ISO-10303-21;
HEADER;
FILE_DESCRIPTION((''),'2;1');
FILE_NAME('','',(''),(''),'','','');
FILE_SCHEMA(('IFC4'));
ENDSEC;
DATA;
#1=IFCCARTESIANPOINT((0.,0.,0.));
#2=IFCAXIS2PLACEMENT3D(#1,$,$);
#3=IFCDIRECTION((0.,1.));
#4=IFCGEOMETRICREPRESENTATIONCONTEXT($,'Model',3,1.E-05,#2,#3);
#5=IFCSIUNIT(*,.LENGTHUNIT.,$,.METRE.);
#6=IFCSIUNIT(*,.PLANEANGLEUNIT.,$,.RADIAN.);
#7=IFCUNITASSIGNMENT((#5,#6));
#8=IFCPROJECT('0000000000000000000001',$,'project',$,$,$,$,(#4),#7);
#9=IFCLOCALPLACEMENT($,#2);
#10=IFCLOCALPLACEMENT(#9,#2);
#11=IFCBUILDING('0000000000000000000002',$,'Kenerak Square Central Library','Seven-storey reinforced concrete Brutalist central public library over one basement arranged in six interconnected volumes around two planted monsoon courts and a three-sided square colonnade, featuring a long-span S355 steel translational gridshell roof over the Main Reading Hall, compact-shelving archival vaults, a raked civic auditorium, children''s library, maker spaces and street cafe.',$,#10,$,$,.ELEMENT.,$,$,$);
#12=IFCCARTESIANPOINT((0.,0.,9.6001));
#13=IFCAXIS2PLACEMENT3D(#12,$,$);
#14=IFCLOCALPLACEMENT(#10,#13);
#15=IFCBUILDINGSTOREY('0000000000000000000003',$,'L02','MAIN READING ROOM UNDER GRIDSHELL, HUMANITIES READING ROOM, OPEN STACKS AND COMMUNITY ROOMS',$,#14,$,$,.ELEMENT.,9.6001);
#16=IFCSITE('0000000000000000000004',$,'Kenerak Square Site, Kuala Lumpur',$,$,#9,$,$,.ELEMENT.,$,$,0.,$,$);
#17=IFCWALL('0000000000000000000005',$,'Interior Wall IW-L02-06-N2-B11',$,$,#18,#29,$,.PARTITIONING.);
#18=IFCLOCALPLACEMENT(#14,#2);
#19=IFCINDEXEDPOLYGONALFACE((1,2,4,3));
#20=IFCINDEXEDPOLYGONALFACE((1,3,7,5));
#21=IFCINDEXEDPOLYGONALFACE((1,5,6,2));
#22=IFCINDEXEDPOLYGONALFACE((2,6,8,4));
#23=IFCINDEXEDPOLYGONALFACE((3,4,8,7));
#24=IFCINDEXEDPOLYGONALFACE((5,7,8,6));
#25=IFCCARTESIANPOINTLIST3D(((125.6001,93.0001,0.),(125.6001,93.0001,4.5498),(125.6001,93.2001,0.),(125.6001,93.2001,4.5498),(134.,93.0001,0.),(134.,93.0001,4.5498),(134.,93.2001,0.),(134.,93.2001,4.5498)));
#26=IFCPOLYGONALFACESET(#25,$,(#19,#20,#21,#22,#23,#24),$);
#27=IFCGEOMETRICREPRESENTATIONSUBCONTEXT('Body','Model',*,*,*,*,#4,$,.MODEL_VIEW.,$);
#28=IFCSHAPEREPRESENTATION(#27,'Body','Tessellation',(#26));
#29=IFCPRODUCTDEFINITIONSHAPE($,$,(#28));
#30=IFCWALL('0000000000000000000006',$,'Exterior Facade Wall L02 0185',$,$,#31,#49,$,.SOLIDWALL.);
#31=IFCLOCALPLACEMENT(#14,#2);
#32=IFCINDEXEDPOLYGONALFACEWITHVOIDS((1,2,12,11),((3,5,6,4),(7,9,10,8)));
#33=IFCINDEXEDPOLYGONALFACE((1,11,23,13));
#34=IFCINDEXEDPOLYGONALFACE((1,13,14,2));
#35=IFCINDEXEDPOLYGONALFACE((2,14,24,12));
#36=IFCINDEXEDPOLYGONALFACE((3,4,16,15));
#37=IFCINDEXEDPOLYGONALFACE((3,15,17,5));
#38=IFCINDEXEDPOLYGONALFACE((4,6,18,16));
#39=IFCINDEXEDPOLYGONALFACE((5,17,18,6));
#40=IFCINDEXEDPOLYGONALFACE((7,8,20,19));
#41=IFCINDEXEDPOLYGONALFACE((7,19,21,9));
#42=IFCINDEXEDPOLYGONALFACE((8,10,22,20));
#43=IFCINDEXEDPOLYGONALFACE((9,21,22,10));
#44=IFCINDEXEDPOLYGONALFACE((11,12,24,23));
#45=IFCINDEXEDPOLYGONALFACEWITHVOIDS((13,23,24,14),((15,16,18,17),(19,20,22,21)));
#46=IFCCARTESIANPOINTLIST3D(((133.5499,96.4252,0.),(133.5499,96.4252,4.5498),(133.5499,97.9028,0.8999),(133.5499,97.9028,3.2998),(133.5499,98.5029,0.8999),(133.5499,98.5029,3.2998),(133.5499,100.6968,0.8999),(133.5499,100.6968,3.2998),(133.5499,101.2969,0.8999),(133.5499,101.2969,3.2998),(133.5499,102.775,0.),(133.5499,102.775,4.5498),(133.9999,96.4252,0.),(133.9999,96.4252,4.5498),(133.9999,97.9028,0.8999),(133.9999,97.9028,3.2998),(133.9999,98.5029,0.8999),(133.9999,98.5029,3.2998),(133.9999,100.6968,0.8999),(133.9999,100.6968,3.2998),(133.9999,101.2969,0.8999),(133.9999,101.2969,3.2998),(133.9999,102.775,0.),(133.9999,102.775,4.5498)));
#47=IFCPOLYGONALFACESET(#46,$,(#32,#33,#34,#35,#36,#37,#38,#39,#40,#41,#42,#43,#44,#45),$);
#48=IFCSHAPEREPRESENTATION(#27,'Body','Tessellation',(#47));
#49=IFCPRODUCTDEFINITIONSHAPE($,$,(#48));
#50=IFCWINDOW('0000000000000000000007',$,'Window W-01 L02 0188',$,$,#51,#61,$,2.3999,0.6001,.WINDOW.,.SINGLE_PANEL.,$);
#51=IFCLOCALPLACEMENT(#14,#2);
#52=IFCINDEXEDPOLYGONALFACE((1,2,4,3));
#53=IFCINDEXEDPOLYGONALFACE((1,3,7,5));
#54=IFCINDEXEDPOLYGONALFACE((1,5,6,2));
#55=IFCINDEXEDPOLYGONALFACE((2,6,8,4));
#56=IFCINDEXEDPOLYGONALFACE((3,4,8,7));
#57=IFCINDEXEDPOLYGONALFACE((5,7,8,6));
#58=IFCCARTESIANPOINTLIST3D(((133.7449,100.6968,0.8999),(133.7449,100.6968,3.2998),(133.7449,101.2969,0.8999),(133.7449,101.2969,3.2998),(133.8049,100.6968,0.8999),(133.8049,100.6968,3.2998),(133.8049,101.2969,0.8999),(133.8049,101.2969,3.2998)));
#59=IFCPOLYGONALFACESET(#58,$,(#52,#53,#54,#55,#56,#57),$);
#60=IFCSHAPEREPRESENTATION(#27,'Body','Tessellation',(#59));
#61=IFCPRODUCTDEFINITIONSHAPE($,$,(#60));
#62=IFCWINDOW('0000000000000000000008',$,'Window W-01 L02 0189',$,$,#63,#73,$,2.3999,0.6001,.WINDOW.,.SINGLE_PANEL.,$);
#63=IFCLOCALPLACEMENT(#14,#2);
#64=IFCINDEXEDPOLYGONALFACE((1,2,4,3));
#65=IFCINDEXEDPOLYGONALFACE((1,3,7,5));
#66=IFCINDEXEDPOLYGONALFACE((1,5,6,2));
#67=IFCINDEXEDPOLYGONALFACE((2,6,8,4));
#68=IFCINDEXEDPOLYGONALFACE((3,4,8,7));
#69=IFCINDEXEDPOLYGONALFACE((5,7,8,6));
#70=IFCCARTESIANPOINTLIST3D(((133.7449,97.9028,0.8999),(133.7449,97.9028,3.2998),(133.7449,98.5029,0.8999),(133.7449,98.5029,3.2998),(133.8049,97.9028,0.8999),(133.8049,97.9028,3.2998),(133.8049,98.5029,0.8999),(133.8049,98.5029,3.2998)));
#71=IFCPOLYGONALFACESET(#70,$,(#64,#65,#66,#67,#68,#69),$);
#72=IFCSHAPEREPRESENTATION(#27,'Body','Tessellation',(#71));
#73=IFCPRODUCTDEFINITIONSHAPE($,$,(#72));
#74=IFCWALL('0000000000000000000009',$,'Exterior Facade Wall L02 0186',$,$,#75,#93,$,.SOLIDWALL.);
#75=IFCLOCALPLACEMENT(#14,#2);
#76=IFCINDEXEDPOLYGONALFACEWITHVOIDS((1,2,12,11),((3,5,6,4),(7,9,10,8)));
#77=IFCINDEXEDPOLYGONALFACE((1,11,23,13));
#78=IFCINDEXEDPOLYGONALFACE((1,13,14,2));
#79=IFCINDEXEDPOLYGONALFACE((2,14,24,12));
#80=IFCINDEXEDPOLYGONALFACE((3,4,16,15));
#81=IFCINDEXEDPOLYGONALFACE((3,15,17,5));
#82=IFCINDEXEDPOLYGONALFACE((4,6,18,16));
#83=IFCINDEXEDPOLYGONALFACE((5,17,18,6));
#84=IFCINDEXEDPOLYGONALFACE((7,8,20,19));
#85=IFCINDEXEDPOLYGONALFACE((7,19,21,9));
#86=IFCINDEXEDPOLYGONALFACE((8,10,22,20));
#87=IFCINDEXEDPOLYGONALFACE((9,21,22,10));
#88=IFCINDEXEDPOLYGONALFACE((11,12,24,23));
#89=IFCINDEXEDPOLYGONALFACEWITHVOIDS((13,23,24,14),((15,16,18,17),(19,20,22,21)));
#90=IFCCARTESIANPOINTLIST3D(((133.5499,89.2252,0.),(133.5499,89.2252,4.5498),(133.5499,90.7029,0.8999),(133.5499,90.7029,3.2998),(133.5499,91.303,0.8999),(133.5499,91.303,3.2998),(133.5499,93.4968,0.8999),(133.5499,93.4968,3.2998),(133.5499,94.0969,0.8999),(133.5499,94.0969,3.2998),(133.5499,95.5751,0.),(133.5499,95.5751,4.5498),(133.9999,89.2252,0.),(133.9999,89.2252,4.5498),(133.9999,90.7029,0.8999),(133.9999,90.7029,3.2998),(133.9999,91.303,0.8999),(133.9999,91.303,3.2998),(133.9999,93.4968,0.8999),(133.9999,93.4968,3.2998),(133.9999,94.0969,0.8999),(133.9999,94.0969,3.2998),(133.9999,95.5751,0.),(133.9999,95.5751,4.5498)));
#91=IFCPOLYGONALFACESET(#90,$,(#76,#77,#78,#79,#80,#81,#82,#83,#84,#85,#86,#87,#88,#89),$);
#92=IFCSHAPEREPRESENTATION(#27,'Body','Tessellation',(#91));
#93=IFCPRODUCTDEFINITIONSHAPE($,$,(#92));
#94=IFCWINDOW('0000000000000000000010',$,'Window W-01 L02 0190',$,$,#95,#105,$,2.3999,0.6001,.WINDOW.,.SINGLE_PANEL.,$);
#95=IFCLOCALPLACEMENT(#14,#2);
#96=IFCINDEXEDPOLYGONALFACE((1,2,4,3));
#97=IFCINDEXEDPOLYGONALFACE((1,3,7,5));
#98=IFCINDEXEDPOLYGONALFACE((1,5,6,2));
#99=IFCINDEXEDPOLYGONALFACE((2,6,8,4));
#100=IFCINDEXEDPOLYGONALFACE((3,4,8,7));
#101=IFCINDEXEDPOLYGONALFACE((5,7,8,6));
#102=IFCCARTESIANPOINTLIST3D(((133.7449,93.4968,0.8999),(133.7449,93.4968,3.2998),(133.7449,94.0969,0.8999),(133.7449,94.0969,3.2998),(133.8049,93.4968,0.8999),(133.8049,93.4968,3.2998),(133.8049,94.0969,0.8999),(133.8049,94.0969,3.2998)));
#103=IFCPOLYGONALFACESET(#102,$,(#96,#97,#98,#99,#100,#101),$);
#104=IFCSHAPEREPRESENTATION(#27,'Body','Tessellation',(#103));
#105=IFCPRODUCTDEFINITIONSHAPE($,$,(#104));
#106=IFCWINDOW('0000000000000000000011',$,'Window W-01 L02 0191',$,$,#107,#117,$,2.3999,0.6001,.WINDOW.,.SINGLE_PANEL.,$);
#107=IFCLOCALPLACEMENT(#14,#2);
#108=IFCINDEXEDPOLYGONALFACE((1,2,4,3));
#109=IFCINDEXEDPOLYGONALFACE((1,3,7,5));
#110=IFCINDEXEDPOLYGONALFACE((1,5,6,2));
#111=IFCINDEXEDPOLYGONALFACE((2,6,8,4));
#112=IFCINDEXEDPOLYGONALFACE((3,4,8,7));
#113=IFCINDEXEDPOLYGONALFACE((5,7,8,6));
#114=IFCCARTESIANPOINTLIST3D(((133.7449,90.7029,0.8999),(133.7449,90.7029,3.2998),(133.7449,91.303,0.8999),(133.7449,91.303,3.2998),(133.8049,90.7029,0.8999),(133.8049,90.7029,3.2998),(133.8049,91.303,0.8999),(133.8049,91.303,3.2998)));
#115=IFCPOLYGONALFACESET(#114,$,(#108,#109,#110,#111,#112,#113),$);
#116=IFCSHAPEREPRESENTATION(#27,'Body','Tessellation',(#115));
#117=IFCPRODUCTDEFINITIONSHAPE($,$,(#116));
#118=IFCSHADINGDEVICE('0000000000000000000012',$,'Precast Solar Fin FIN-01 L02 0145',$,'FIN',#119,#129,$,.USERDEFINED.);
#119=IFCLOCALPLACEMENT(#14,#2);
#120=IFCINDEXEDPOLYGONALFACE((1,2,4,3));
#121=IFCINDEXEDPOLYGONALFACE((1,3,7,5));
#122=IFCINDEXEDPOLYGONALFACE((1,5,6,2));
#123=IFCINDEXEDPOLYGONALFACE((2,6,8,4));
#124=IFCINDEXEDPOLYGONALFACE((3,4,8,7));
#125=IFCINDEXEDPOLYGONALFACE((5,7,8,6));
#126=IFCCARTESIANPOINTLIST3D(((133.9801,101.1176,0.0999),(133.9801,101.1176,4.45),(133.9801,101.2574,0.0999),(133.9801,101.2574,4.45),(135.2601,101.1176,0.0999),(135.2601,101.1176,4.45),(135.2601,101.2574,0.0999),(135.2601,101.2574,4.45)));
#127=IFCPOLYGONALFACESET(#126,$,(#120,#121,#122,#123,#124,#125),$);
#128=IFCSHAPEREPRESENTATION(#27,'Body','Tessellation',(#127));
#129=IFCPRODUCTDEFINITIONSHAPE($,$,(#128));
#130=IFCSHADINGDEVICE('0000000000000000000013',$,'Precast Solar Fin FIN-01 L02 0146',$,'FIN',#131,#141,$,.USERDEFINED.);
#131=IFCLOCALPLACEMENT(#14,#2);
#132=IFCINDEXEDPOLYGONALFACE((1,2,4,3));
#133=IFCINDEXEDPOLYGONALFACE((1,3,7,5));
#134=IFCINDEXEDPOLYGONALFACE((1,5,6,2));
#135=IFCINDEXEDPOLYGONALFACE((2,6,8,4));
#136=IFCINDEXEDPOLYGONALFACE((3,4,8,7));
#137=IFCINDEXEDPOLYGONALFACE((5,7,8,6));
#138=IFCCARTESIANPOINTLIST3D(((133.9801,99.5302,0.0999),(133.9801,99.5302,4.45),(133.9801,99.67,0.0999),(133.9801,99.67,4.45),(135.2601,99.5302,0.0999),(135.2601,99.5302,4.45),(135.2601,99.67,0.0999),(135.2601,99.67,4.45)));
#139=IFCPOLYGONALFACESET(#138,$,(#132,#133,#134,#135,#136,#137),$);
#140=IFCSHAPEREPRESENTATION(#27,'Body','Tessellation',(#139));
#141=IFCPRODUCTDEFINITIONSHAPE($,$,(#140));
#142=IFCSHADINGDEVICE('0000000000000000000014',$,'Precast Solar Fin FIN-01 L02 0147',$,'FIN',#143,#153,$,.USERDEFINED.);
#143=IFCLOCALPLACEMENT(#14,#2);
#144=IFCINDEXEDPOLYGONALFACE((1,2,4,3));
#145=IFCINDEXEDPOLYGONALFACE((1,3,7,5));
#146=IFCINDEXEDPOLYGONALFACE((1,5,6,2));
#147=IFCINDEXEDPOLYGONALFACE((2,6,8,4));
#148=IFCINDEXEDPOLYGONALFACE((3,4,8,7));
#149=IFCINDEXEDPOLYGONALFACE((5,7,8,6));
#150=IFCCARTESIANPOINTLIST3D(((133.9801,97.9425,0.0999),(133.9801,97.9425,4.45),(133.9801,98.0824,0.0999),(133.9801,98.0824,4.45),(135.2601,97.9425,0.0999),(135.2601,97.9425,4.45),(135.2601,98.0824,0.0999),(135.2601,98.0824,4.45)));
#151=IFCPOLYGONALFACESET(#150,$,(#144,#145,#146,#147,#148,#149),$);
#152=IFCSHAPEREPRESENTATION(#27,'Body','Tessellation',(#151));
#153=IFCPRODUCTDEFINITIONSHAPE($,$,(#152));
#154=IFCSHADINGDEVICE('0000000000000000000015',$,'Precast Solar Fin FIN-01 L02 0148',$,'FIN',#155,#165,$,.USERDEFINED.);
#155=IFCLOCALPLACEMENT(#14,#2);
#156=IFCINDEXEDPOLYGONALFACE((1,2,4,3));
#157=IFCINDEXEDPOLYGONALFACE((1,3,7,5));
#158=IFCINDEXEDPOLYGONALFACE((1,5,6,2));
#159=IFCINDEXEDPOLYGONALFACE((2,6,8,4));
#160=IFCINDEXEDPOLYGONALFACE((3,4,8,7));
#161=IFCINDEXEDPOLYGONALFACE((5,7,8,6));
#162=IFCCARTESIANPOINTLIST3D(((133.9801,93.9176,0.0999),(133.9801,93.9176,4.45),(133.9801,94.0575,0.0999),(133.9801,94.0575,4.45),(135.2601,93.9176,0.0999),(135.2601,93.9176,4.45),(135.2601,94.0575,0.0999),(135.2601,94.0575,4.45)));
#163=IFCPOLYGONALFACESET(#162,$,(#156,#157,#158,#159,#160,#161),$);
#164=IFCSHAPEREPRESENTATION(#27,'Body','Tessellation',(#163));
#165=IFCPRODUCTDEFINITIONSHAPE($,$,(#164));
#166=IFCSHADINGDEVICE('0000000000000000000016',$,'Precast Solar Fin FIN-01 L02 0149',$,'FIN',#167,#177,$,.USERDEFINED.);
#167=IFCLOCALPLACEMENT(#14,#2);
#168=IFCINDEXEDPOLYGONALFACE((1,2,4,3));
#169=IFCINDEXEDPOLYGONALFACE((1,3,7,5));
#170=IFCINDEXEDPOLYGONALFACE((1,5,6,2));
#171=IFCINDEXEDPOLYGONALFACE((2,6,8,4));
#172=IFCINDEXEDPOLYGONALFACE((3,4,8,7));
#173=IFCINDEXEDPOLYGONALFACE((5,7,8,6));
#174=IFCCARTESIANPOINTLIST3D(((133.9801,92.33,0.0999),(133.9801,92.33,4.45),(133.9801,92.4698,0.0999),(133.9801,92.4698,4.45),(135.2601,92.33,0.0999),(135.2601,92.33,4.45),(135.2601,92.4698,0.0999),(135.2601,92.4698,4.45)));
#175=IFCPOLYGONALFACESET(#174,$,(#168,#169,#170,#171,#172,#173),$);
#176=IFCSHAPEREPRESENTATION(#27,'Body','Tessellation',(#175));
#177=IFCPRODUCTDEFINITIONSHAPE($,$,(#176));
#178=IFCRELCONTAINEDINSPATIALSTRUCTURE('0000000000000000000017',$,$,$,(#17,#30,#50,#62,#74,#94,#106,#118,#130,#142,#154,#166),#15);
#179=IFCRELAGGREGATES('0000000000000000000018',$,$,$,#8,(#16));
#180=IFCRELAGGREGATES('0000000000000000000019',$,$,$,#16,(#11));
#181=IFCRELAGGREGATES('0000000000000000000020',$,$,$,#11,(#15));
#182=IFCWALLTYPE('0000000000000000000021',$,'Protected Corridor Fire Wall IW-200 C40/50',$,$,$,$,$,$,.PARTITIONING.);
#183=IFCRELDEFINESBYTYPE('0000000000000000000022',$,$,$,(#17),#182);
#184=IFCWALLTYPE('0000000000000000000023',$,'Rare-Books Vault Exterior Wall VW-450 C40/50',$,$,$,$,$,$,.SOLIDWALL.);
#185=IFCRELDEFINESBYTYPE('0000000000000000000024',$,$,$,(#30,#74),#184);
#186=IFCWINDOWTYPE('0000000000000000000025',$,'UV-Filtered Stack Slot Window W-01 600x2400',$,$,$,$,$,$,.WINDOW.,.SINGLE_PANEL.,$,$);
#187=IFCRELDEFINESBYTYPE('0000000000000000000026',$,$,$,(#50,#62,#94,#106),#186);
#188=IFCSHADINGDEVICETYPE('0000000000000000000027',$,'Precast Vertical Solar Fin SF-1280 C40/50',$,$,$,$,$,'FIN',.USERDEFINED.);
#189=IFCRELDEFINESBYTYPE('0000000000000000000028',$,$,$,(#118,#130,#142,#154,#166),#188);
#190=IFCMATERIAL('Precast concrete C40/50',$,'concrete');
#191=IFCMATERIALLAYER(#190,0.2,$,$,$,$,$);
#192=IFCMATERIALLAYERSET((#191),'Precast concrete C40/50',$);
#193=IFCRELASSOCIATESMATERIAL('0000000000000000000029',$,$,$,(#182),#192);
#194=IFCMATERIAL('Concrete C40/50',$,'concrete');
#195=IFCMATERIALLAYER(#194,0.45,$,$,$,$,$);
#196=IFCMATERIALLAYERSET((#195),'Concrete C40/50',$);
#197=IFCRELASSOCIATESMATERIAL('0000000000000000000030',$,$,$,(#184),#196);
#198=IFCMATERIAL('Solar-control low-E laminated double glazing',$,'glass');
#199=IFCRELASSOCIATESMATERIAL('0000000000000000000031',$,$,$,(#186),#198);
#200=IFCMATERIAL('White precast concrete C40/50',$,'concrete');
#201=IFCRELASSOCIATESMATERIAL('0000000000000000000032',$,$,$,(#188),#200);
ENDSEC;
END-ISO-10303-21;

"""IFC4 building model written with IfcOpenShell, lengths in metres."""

from ifc_helpers import new_model, si_unit, direction, frame, frame_2d, origin, origin_2d, place, context, subcontext, project, spatial, rectangle, extrude, material, layer, layer_set, type_object, element, fill, save


model = new_model("IFC4")

# Units and contexts
model_context = context("Model", 3, precision=1e-05, world=origin(), true_north=direction((0.0, 1.0)))
body_context = subcontext(model_context, "Body", "Model", "MODEL_VIEW")
ifc_project = project(units=[si_unit("LENGTHUNIT", "METRE"), si_unit("PLANEANGLEUNIT", "RADIAN")], contexts=[model_context])

# Site, building, storey
site_placement = place(None, origin())
site = spatial("IfcSite", under=ifc_project, at=site_placement, Name="Kenerak Square Site, Kuala Lumpur", CompositionType="ELEMENT", RefElevation=0.0)
building_placement = place(site_placement, origin())
building = spatial("IfcBuilding", under=site, at=building_placement, Name="Kenerak Square Central Library", Description="Seven-storey reinforced concrete Brutalist central public library over one basement arranged in six interconnected volumes around two planted monsoon courts and a three-sided square colonnade, featuring a long-span S355 steel translational gridshell roof over the Main Reading Hall, compact-shelving archival vaults, a raked civic auditorium, children's library, maker spaces and street cafe.", CompositionType="ELEMENT")
storey_placement = place(building_placement, frame((0.0, 0.0, 9.6001)))
storey = spatial("IfcBuildingStorey", under=building, at=storey_placement, Name="L02", Description="MAIN READING ROOM UNDER GRIDSHELL, HUMANITIES READING ROOM, OPEN STACKS AND COMMUNITY ROOMS", CompositionType="ELEMENT", Elevation=9.6001)

# Shared definitions
ifc_material_1 = material(Name="Concrete C40/50", Category="concrete")

# Wall
ifc_material_2 = material(Name="Precast concrete C40/50", Category="concrete")
ifc_layer_1 = layer(ifc_material_2, 0.2)
ifc_layer_set_1 = layer_set([ifc_layer_1], Name="Precast concrete C40/50")
wall_type_1 = type_object("IfcWallType", Name="Protected Corridor Fire Wall IW-200 C40/50", PredefinedType="PARTITIONING", material=ifc_layer_set_1)
wall_1_placement = place(storey_placement, frame((125.6001, 93.1001, 0.0), z_axis=(0.0, 0.0, 1.0), x_axis=(1.0, 0.0, 0.0)))
element("IfcWall", 1, at=wall_1_placement, inside=storey, type_object=wall_type_1, Name="Interior Wall IW-L02-06-N2-B11", PredefinedType="PARTITIONING", context=body_context, shape_type="SweptSolid", body=[
    extrude(rectangle(XDim=8.3999, YDim=0.2, at=frame_2d((4.2, 0.0))), origin(), (0.0, 0.0, 1.0), 4.5498),
])

# Walls, openings, windows
ifc_layer_2 = layer(ifc_material_1, 0.45)
ifc_layer_set_2 = layer_set([ifc_layer_2], Name="Concrete C40/50")
wall_type_2 = type_object("IfcWallType", Name="Rare-Books Vault Exterior Wall VW-450 C40/50", PredefinedType="SOLIDWALL", material=ifc_layer_set_2)
wall_2_placement = place(storey_placement, frame((133.7749, 102.7749, 0.0), z_axis=(0.0, 0.0, 1.0), x_axis=(0.0, -1.0, 0.0)))
wall_2 = element("IfcWall", 2, at=wall_2_placement, inside=storey, type_object=wall_type_2, Name="Exterior Facade Wall L02 0185", PredefinedType="SOLIDWALL", context=body_context, shape_type="SweptSolid", body=[
    extrude(rectangle(XDim=6.3499, YDim=0.45, at=frame_2d((3.1748, 0.0))), origin(), (0.0, 0.0, 1.0), 4.5498),
])
opening_1_placement = place(wall_2_placement, frame((1.478, 0.0, 0.8999)))
opening_1 = element("IfcOpeningElement", 3, at=opening_1_placement, cuts=wall_2, PredefinedType="OPENING", context=body_context, shape_type="SweptSolid", body=[
    extrude(rectangle(XDim=0.6001, YDim=2.3999, at=frame_2d((0.3, 1.2))), frame((0.0, 0.2349, 0.0), z_axis=(0.0, -1.0, 0.0), x_axis=(1.0, 0.0, 0.0)), (0.0, 0.0, 1.0), 0.47),
])
opening_2_placement = place(wall_2_placement, frame((4.272, 0.0, 0.8999)))
opening_2 = element("IfcOpeningElement", 4, at=opening_2_placement, cuts=wall_2, PredefinedType="OPENING", context=body_context, shape_type="SweptSolid", body=[
    extrude(rectangle(XDim=0.6001, YDim=2.3999, at=frame_2d((0.3, 1.2))), frame((0.0, 0.2349, 0.0), z_axis=(0.0, -1.0, 0.0), x_axis=(1.0, 0.0, 0.0)), (0.0, 0.0, 1.0), 0.47),
])
ifc_material_3 = material(Name="Solar-control low-E laminated double glazing", Category="glass")
window_type = type_object("IfcWindowType", Name="UV-Filtered Stack Slot Window W-01 600x2400", PartitioningType="SINGLE_PANEL", PredefinedType="WINDOW", material=ifc_material_3)
window_1_placement = place(opening_1_placement, origin())
window_1 = element("IfcWindow", 5, at=window_1_placement, inside=storey, type_object=window_type, Name="Window W-01 L02 0188", OverallHeight=2.3999, OverallWidth=0.6001, PartitioningType="SINGLE_PANEL", PredefinedType="WINDOW", context=body_context, shape_type="SweptSolid", body=[
    extrude(rectangle(XDim=0.6001, YDim=2.3999, at=frame_2d((0.3, 1.2))), frame((0.0, 0.03, 0.0), z_axis=(0.0, -1.0, 0.0), x_axis=(1.0, 0.0, 0.0)), (0.0, 0.0, 1.0), 0.0601),
])
fill(opening_1, window_1)
window_2_placement = place(opening_2_placement, origin())
window_2 = element("IfcWindow", 6, at=window_2_placement, inside=storey, type_object=window_type, Name="Window W-01 L02 0189", OverallHeight=2.3999, OverallWidth=0.6001, PartitioningType="SINGLE_PANEL", PredefinedType="WINDOW", context=body_context, shape_type="SweptSolid", body=[
    extrude(rectangle(XDim=0.6001, YDim=2.3999, at=frame_2d((0.3, 1.2))), frame((0.0, 0.03, 0.0), z_axis=(0.0, -1.0, 0.0), x_axis=(1.0, 0.0, 0.0)), (0.0, 0.0, 1.0), 0.0601),
])
fill(opening_2, window_2)
wall_3_placement = place(storey_placement, frame((133.7749, 95.575, 0.0), z_axis=(0.0, 0.0, 1.0), x_axis=(0.0, -1.0, 0.0)))
wall_3 = element("IfcWall", 7, at=wall_3_placement, inside=storey, type_object=wall_type_2, Name="Exterior Facade Wall L02 0186", PredefinedType="SOLIDWALL", context=body_context, shape_type="SweptSolid", body=[
    extrude(rectangle(XDim=6.3499, YDim=0.45, at=frame_2d((3.1748, 0.0))), origin(), (0.0, 0.0, 1.0), 4.5498),
])
opening_3_placement = place(wall_3_placement, frame((1.478, 0.0, 0.8999)))
opening_3 = element("IfcOpeningElement", 8, at=opening_3_placement, cuts=wall_3, PredefinedType="OPENING", context=body_context, shape_type="SweptSolid", body=[
    extrude(rectangle(XDim=0.6001, YDim=2.3999, at=frame_2d((0.3, 1.2))), frame((0.0, 0.2349, 0.0), z_axis=(0.0, -1.0, 0.0), x_axis=(1.0, 0.0, 0.0)), (0.0, 0.0, 1.0), 0.47),
])
opening_4_placement = place(wall_3_placement, frame((4.272, 0.0, 0.8999)))
opening_4 = element("IfcOpeningElement", 9, at=opening_4_placement, cuts=wall_3, PredefinedType="OPENING", context=body_context, shape_type="SweptSolid", body=[
    extrude(rectangle(XDim=0.6001, YDim=2.3999, at=frame_2d((0.3, 1.2))), frame((0.0, 0.2349, 0.0), z_axis=(0.0, -1.0, 0.0), x_axis=(1.0, 0.0, 0.0)), (0.0, 0.0, 1.0), 0.47),
])
window_3_placement = place(opening_3_placement, origin())
window_3 = element("IfcWindow", 10, at=window_3_placement, inside=storey, type_object=window_type, Name="Window W-01 L02 0190", OverallHeight=2.3999, OverallWidth=0.6001, PartitioningType="SINGLE_PANEL", PredefinedType="WINDOW", context=body_context, shape_type="SweptSolid", body=[
    extrude(rectangle(XDim=0.6001, YDim=2.3999, at=frame_2d((0.3, 1.2))), frame((0.0, 0.03, 0.0), z_axis=(0.0, -1.0, 0.0), x_axis=(1.0, 0.0, 0.0)), (0.0, 0.0, 1.0), 0.0601),
])
fill(opening_3, window_3)
window_4_placement = place(opening_4_placement, origin())
window_4 = element("IfcWindow", 11, at=window_4_placement, inside=storey, type_object=window_type, Name="Window W-01 L02 0191", OverallHeight=2.3999, OverallWidth=0.6001, PartitioningType="SINGLE_PANEL", PredefinedType="WINDOW", context=body_context, shape_type="SweptSolid", body=[
    extrude(rectangle(XDim=0.6001, YDim=2.3999, at=frame_2d((0.3, 1.2))), frame((0.0, 0.03, 0.0), z_axis=(0.0, -1.0, 0.0), x_axis=(1.0, 0.0, 0.0)), (0.0, 0.0, 1.0), 0.0601),
])
fill(opening_4, window_4)

# Shading devices
ifc_material_4 = material(Name="White precast concrete C40/50", Category="concrete")
shading_device_type = type_object("IfcShadingDeviceType", Name="Precast Vertical Solar Fin SF-1280 C40/50", ElementType="FIN", PredefinedType="USERDEFINED", material=ifc_material_4)
for number, where, z_axis, x_axis, name in (
    (12, (134.6201, 101.1875, 0.0999), (0.0, 0.0, 1.0), (0.0, -1.0, 0.0), "Precast Solar Fin FIN-01 L02 0145"),
    (13, (134.6201, 99.6001, 0.0999), (0.0, 0.0, 1.0), (0.0, -1.0, 0.0), "Precast Solar Fin FIN-01 L02 0146"),
    (14, (134.6201, 98.0125, 0.0999), (0.0, 0.0, 1.0), (0.0, -1.0, 0.0), "Precast Solar Fin FIN-01 L02 0147"),
    (15, (134.6201, 93.9875, 0.0999), (0.0, 0.0, 1.0), (0.0, -1.0, 0.0), "Precast Solar Fin FIN-01 L02 0148"),
    (16, (134.6201, 92.3999, 0.0999), (0.0, 0.0, 1.0), (0.0, -1.0, 0.0), "Precast Solar Fin FIN-01 L02 0149"),
):
    element("IfcShadingDevice", number, at=place(storey_placement, frame(where, z_axis=z_axis, x_axis=x_axis)), inside=storey, type_object=shading_device_type, Name=name, ObjectType="FIN", PredefinedType="USERDEFINED", context=body_context, shape_type="SweptSolid", body=[
        extrude(rectangle(XDim=0.1399, YDim=1.28, at=origin_2d()), origin(), (0.0, 0.0, 1.0), 4.3501),
    ])

save(model, "model.ifc")
